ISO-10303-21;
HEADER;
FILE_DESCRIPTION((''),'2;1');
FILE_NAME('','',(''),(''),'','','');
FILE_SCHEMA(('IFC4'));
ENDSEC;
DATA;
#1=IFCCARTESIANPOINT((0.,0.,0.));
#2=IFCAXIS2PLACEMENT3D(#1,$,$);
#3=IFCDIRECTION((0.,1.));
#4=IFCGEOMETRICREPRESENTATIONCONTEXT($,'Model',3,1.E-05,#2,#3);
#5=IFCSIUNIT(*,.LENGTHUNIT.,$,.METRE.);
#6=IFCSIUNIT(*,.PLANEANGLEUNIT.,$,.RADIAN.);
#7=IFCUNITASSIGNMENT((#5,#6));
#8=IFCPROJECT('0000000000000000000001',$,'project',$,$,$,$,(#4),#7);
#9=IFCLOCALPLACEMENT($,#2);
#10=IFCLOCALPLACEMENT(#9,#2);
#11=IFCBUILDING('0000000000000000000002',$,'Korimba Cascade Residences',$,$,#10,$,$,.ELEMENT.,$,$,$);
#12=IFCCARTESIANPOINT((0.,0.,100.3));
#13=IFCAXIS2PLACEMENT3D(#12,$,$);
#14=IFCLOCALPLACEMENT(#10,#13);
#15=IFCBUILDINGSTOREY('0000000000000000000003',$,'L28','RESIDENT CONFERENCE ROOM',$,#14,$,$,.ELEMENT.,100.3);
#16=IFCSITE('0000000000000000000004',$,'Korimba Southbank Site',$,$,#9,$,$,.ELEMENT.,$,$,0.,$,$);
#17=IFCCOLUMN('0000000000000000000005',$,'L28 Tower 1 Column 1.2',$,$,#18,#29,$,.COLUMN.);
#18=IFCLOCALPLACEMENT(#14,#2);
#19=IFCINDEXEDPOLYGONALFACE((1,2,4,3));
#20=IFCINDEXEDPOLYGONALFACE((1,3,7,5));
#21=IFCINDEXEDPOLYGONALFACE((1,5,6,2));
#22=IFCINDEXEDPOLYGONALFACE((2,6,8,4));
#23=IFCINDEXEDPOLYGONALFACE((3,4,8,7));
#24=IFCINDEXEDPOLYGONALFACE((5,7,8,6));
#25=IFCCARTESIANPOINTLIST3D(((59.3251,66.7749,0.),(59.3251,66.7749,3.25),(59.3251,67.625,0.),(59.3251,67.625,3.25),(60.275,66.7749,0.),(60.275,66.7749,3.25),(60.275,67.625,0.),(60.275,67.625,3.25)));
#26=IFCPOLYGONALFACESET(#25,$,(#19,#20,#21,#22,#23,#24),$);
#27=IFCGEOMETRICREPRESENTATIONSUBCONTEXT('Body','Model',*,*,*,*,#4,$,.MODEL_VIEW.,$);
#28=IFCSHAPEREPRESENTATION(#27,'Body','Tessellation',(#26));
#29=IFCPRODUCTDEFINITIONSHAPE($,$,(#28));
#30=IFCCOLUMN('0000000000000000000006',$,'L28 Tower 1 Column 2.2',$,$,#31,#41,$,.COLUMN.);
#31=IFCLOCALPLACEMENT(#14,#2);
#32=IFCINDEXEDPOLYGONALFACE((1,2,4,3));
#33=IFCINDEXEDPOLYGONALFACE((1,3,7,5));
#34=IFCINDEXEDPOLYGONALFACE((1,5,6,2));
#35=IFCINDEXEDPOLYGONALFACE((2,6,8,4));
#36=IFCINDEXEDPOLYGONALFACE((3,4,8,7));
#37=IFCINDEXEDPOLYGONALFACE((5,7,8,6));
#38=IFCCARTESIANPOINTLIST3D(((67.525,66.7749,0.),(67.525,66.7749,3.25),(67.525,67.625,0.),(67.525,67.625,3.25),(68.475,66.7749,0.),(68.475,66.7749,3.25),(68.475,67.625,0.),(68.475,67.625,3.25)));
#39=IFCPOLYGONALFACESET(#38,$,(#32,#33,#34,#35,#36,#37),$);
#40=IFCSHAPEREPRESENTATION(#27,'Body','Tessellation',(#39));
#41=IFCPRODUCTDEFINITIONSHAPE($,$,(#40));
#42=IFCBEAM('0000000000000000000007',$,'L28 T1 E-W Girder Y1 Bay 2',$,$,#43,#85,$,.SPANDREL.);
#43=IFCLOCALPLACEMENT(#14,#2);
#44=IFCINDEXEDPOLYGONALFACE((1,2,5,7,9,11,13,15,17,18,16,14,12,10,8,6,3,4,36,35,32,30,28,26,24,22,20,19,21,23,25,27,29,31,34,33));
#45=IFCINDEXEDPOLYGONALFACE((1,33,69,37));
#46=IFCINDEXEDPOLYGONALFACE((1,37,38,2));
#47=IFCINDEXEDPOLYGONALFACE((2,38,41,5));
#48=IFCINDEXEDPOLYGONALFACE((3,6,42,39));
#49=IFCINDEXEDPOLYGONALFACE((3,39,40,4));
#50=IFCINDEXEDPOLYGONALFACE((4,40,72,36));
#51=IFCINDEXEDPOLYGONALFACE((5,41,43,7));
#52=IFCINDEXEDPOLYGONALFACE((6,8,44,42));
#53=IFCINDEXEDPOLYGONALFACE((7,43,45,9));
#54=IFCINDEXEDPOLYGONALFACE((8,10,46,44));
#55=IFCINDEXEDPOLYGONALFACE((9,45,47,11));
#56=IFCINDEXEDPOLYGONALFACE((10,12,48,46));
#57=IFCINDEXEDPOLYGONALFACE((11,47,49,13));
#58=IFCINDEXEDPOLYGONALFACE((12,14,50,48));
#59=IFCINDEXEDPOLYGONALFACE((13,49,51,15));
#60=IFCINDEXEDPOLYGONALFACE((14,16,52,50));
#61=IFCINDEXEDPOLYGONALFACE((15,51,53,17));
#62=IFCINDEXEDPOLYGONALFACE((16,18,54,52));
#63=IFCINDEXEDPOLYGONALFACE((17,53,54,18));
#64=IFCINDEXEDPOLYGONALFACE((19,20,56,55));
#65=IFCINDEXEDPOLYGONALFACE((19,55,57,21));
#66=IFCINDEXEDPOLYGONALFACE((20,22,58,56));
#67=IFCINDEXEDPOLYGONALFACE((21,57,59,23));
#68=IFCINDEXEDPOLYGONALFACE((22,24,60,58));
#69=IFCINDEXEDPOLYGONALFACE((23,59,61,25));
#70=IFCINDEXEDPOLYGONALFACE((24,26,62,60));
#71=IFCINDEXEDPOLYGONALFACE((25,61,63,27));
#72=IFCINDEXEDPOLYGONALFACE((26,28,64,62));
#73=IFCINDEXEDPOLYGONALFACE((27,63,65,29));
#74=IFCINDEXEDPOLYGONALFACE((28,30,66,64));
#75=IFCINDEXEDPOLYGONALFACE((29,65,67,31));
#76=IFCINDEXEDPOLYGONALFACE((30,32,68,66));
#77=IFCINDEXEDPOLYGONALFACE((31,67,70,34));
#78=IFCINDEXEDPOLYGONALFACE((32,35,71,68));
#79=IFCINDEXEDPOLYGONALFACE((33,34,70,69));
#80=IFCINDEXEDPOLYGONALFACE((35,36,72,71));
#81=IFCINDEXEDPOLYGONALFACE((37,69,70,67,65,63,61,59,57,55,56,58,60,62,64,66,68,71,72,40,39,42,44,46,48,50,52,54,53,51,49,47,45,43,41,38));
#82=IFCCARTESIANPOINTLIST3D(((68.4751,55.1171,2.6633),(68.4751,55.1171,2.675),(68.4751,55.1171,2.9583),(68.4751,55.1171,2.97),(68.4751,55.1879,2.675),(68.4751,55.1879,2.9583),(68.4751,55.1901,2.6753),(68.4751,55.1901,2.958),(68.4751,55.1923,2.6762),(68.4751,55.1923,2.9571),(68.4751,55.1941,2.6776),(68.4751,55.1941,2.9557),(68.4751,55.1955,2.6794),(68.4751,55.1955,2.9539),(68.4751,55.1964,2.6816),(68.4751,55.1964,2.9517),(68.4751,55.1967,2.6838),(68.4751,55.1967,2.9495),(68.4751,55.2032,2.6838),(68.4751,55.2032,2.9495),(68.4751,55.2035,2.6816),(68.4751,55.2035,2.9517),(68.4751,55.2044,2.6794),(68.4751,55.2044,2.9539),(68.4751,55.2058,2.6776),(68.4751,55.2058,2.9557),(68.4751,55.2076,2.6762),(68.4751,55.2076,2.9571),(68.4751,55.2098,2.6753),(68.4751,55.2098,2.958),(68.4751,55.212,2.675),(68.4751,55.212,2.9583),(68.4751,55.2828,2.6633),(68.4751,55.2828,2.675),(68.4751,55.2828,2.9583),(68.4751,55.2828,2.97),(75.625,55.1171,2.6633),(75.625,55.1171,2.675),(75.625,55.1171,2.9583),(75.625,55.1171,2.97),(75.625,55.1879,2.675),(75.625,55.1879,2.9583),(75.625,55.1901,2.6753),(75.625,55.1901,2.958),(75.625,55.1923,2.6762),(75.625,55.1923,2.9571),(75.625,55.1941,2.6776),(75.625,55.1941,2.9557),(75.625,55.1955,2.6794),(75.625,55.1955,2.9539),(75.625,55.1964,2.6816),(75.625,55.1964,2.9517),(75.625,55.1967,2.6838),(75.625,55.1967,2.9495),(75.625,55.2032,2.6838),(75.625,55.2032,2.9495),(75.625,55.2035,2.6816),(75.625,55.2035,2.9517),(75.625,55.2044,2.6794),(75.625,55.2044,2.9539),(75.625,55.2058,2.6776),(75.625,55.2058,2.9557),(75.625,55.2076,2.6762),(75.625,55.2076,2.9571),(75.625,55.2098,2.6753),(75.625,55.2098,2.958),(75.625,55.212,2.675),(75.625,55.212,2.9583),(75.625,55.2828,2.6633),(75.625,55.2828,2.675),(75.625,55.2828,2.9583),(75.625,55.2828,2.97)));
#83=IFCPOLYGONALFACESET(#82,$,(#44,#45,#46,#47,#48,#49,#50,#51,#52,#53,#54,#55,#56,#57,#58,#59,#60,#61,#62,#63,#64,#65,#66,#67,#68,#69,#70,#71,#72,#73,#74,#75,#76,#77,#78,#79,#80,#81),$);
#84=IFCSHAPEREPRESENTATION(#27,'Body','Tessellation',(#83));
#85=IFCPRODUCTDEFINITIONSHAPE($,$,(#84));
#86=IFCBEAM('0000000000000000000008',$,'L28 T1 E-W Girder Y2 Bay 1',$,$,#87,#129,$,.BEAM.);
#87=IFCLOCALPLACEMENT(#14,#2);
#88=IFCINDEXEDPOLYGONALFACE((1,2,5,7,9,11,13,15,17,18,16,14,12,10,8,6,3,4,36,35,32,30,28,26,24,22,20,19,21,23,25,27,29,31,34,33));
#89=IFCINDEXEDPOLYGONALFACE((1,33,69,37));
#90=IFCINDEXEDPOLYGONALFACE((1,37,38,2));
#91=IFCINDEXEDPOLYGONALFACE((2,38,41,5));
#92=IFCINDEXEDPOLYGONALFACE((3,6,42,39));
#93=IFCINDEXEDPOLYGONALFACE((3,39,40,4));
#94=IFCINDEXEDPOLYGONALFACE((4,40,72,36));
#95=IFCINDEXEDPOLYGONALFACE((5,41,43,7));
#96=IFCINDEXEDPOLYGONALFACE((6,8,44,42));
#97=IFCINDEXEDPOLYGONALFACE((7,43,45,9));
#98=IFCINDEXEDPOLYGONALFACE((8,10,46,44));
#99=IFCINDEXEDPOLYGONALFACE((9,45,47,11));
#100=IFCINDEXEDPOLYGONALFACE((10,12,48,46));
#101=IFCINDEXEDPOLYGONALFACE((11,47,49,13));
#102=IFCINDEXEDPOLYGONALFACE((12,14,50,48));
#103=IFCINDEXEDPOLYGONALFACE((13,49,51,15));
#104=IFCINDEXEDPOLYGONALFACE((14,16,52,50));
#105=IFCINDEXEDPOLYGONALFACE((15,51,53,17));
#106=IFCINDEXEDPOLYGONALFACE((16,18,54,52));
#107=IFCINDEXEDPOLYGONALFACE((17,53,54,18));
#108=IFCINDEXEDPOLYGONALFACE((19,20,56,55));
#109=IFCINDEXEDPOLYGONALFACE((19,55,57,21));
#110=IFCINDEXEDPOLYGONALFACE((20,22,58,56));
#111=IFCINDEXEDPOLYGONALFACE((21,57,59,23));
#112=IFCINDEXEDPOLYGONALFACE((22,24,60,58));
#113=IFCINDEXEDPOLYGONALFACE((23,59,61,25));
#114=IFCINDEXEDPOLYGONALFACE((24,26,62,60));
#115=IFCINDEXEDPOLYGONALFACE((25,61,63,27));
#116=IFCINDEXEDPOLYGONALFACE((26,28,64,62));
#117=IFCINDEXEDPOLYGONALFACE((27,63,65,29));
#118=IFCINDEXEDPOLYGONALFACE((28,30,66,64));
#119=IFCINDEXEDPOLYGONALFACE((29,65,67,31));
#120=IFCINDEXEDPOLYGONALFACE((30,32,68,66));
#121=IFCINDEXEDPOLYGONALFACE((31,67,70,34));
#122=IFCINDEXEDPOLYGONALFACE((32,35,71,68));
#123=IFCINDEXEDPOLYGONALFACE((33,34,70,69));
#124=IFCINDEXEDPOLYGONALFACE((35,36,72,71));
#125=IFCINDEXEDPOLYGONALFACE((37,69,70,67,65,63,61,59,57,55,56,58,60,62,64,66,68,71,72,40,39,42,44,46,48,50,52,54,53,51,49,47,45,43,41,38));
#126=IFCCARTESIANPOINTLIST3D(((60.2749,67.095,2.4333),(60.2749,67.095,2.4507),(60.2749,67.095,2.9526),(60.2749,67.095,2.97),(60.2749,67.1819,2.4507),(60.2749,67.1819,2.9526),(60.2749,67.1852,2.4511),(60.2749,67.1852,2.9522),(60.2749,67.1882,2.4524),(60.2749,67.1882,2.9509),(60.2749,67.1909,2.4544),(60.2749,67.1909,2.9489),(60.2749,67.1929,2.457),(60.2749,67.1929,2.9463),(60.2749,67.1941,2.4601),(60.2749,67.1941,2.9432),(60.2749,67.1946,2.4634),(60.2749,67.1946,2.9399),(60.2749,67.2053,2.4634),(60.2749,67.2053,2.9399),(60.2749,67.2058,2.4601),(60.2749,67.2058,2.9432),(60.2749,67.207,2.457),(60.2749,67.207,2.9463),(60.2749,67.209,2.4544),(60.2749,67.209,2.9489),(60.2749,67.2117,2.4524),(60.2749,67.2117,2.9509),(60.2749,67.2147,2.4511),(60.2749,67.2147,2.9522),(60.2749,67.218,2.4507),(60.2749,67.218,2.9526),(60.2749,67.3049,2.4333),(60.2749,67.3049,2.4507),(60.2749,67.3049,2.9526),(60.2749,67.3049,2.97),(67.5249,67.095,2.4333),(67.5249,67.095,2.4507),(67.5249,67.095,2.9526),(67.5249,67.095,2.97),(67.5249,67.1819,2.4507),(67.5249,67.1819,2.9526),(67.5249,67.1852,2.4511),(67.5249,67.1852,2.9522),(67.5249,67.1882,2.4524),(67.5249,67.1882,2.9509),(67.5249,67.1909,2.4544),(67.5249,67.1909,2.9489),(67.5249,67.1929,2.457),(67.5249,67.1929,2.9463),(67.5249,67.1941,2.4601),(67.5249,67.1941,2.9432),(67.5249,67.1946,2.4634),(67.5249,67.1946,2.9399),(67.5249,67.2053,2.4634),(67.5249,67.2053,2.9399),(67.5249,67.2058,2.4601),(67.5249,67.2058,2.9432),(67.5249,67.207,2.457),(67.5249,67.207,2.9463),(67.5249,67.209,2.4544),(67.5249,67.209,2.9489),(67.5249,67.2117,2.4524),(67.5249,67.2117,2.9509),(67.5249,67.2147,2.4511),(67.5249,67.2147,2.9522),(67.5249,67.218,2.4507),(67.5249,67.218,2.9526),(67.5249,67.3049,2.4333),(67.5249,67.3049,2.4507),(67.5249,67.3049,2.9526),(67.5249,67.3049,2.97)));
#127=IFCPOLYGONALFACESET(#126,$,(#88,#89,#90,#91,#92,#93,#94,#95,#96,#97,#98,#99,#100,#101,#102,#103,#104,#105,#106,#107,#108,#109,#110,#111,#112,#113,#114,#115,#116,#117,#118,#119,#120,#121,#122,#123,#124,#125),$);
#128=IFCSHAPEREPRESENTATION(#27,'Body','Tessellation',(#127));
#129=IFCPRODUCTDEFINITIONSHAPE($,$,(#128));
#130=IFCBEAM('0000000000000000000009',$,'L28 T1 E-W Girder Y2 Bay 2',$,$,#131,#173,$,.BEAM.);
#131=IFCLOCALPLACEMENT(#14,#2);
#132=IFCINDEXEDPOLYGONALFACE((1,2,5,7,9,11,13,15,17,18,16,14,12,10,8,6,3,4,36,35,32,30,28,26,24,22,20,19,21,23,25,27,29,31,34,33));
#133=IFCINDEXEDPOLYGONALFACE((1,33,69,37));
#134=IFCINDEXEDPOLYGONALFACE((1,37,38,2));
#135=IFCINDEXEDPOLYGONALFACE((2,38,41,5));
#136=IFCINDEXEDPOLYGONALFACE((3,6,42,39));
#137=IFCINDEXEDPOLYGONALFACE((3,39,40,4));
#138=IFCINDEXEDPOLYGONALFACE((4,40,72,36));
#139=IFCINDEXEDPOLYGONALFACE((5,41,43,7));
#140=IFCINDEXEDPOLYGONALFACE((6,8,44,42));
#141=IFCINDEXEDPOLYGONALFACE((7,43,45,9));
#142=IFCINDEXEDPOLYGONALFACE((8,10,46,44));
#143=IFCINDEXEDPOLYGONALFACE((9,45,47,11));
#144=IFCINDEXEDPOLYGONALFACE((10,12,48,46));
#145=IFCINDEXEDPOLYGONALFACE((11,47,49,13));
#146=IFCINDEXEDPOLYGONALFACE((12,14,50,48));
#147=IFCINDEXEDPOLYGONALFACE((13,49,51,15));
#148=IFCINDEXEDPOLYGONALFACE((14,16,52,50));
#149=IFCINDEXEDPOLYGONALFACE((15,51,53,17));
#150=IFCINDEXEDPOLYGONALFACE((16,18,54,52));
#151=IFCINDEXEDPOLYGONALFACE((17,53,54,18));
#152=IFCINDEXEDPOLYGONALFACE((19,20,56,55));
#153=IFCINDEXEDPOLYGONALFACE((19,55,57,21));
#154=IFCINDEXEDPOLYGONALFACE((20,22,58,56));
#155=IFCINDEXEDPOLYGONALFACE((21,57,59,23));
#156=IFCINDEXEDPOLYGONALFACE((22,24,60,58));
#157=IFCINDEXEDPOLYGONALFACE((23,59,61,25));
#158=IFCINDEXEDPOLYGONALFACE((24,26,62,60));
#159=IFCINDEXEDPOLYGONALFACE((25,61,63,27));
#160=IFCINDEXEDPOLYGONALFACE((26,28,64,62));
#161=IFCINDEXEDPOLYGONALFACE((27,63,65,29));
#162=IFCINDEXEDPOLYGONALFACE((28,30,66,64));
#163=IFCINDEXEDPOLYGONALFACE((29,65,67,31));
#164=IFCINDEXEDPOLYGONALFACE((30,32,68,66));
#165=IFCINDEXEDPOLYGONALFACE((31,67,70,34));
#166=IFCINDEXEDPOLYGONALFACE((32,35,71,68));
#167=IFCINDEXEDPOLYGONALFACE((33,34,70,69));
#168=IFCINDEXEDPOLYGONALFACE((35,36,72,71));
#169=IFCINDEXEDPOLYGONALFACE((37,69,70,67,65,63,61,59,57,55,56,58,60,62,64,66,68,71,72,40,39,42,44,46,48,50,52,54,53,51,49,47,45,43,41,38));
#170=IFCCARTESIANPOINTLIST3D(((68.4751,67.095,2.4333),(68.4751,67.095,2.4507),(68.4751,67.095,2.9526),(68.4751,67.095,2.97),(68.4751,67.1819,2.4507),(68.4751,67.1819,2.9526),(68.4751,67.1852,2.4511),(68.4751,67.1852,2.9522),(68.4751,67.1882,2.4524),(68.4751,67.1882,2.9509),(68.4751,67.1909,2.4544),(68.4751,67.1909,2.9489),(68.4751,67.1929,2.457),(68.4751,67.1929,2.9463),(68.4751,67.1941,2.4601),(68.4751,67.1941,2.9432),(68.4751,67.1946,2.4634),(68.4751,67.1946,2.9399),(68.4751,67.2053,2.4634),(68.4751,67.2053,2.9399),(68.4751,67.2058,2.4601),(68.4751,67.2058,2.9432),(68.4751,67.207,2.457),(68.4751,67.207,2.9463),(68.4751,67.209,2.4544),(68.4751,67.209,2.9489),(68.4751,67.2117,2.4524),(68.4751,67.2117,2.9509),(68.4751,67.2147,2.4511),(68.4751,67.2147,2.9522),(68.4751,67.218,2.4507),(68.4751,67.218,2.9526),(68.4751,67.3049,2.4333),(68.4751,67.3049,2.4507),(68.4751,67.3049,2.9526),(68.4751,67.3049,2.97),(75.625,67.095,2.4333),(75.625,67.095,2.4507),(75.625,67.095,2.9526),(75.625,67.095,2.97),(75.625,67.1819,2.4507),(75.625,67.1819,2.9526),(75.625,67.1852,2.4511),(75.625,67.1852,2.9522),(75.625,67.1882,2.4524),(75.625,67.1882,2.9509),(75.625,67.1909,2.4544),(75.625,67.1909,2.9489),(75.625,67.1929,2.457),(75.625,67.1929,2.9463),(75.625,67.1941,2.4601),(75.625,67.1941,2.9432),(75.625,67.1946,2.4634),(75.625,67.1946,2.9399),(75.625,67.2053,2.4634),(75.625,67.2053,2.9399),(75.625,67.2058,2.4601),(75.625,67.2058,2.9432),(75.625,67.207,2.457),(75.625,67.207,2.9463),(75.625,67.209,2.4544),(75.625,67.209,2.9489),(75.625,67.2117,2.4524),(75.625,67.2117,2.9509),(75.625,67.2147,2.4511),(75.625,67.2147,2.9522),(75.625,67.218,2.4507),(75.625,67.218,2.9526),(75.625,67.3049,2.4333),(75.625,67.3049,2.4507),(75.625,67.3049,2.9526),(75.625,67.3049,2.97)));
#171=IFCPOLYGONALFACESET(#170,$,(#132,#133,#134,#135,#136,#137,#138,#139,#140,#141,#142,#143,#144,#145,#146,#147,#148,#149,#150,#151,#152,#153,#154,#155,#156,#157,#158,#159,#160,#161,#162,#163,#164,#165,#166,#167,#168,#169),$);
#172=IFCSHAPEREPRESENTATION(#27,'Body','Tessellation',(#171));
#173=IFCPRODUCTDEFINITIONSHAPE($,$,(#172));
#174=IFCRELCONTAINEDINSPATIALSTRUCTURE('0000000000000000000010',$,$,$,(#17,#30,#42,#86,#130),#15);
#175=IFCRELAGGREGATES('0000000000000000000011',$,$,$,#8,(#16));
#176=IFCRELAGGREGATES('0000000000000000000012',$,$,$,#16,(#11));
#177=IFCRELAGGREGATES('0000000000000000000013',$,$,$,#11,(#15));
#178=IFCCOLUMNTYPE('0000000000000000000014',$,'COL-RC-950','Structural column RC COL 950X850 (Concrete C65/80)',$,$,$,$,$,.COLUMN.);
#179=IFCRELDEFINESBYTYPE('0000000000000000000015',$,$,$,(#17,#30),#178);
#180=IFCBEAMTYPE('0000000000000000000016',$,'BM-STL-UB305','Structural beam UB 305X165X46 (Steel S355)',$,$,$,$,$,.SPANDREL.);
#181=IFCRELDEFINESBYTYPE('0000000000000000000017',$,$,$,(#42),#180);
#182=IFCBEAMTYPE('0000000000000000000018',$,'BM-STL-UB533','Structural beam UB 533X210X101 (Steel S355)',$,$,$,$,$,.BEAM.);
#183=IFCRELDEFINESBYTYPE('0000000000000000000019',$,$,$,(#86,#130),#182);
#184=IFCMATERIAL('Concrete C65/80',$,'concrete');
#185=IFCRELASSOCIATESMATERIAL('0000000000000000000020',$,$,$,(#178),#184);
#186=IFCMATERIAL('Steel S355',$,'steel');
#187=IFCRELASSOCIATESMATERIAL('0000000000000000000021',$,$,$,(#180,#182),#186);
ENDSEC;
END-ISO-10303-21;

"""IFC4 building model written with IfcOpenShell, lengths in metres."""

from ifc_helpers import new_model, si_unit, direction, frame, origin, origin_2d, place, context, subcontext, project, spatial, rectangle, i_section, extrude, material, material_profile, profile_set, type_object, element, save


model = new_model("IFC4")

# Units and contexts
model_context = context("Model", 3, precision=1e-05, world=origin(), true_north=direction((0.0, 1.0)))
body_context = subcontext(model_context, "Body", "Model", "MODEL_VIEW")
ifc_project = project(units=[si_unit("LENGTHUNIT", "METRE"), si_unit("PLANEANGLEUNIT", "RADIAN")], contexts=[model_context])

# Site, building, storey
site_placement = place(None, origin())
site = spatial("IfcSite", under=ifc_project, at=site_placement, Name="Korimba Southbank Site", CompositionType="ELEMENT", RefElevation=0.0)
building_placement = place(site_placement, origin())
building = spatial("IfcBuilding", under=site, at=building_placement, Name="Korimba Cascade Residences", CompositionType="ELEMENT")
storey_placement = place(building_placement, frame((0.0, 0.0, 100.3)))
storey = spatial("IfcBuildingStorey", under=building, at=storey_placement, Name="L28", Description="RESIDENT CONFERENCE ROOM", CompositionType="ELEMENT", Elevation=100.3)

# Columns
ifc_material_1 = material(Name="Concrete C65/80", Category="concrete")
ifc_material_profile_1 = material_profile(ifc_material_1, rectangle(XDim=0.95, YDim=0.8501, at=origin_2d()), Name="Concrete C65/80")
ifc_profile_set_1 = profile_set([ifc_material_profile_1], Name="Concrete C65/80")
column_type = type_object("IfcColumnType", Name="COL-RC-950", Description="Structural column RC COL 950X850 (Concrete C65/80)", PredefinedType="COLUMN", material=ifc_profile_set_1)
for number, where, z_axis, x_axis, name in (
    (1, (59.8, 67.2, 0.0), (0.0, 0.0, 1.0), (1.0, 0.0, 0.0), "L28 Tower 1 Column 1.2"),
    (2, (68.0, 67.2, 0.0), (0.0, 0.0, 1.0), (1.0, 0.0, 0.0), "L28 Tower 1 Column 2.2"),
):
    element("IfcColumn", number, at=place(storey_placement, frame(where, z_axis=z_axis, x_axis=x_axis)), inside=storey, type_object=column_type, Name=name, PredefinedType="COLUMN", context=body_context, shape_type="SweptSolid", body=[
        extrude(rectangle(XDim=0.95, YDim=0.8501, at=origin_2d()), origin(), (0.0, 0.0, 1.0), 3.25),
    ])

# Beams
ifc_material_2 = material(Name="Steel S355", Category="steel")
ifc_material_profile_2 = material_profile(ifc_material_2, i_section(OverallWidth=0.1658, OverallDepth=0.3066, WebThickness=0.0066, FlangeThickness=0.0117, FilletRadius=0.0088, at=origin_2d()), Name="Steel S355")
ifc_profile_set_2 = profile_set([ifc_material_profile_2], Name="Steel S355")
beam_type_1 = type_object("IfcBeamType", Name="BM-STL-UB305", Description="Structural beam UB 305X165X46 (Steel S355)", PredefinedType="SPANDREL", material=ifc_profile_set_2)
beam_1_placement = place(storey_placement, frame((68.4751, 55.2, 2.8167), z_axis=(1.0, 0.0, 0.0), x_axis=(0.0, 1.0, 0.0)))
element("IfcBeam", 3, at=beam_1_placement, inside=storey, type_object=beam_type_1, Name="L28 T1 E-W Girder Y1 Bay 2", PredefinedType="SPANDREL", context=body_context, shape_type="SweptSolid", body=[
    extrude(i_section(OverallWidth=0.1658, OverallDepth=0.3066, WebThickness=0.0066, FlangeThickness=0.0117, FilletRadius=0.0088, at=origin_2d()), origin(), (0.0, 0.0, 1.0), 7.1499),
])
ifc_material_profile_3 = material_profile(ifc_material_2, i_section(OverallWidth=0.21, OverallDepth=0.5366, WebThickness=0.0107, FlangeThickness=0.0173, FilletRadius=0.0127, at=origin_2d()), Name="Steel S355")
ifc_profile_set_3 = profile_set([ifc_material_profile_3], Name="Steel S355")
beam_type_2 = type_object("IfcBeamType", Name="BM-STL-UB533", Description="Structural beam UB 533X210X101 (Steel S355)", PredefinedType="BEAM", material=ifc_profile_set_3)
beam_2_placement = place(storey_placement, frame((60.2749, 67.2, 2.7017), z_axis=(1.0, 0.0, 0.0), x_axis=(0.0, 1.0, 0.0)))
element("IfcBeam", 4, at=beam_2_placement, inside=storey, type_object=beam_type_2, Name="L28 T1 E-W Girder Y2 Bay 1", PredefinedType="BEAM", context=body_context, shape_type="SweptSolid", body=[
    extrude(i_section(OverallWidth=0.21, OverallDepth=0.5366, WebThickness=0.0107, FlangeThickness=0.0173, FilletRadius=0.0127, at=origin_2d()), origin(), (0.0, 0.0, 1.0), 7.25),
])
beam_3_placement = place(storey_placement, frame((68.4751, 67.2, 2.7017), z_axis=(1.0, 0.0, 0.0), x_axis=(0.0, 1.0, 0.0)))
element("IfcBeam", 5, at=beam_3_placement, inside=storey, type_object=beam_type_2, Name="L28 T1 E-W Girder Y2 Bay 2", PredefinedType="BEAM", context=body_context, shape_type="SweptSolid", body=[
    extrude(i_section(OverallWidth=0.21, OverallDepth=0.5366, WebThickness=0.0107, FlangeThickness=0.0173, FilletRadius=0.0127, at=origin_2d()), origin(), (0.0, 0.0, 1.0), 7.1499),
])

save(model, "model.ifc")
